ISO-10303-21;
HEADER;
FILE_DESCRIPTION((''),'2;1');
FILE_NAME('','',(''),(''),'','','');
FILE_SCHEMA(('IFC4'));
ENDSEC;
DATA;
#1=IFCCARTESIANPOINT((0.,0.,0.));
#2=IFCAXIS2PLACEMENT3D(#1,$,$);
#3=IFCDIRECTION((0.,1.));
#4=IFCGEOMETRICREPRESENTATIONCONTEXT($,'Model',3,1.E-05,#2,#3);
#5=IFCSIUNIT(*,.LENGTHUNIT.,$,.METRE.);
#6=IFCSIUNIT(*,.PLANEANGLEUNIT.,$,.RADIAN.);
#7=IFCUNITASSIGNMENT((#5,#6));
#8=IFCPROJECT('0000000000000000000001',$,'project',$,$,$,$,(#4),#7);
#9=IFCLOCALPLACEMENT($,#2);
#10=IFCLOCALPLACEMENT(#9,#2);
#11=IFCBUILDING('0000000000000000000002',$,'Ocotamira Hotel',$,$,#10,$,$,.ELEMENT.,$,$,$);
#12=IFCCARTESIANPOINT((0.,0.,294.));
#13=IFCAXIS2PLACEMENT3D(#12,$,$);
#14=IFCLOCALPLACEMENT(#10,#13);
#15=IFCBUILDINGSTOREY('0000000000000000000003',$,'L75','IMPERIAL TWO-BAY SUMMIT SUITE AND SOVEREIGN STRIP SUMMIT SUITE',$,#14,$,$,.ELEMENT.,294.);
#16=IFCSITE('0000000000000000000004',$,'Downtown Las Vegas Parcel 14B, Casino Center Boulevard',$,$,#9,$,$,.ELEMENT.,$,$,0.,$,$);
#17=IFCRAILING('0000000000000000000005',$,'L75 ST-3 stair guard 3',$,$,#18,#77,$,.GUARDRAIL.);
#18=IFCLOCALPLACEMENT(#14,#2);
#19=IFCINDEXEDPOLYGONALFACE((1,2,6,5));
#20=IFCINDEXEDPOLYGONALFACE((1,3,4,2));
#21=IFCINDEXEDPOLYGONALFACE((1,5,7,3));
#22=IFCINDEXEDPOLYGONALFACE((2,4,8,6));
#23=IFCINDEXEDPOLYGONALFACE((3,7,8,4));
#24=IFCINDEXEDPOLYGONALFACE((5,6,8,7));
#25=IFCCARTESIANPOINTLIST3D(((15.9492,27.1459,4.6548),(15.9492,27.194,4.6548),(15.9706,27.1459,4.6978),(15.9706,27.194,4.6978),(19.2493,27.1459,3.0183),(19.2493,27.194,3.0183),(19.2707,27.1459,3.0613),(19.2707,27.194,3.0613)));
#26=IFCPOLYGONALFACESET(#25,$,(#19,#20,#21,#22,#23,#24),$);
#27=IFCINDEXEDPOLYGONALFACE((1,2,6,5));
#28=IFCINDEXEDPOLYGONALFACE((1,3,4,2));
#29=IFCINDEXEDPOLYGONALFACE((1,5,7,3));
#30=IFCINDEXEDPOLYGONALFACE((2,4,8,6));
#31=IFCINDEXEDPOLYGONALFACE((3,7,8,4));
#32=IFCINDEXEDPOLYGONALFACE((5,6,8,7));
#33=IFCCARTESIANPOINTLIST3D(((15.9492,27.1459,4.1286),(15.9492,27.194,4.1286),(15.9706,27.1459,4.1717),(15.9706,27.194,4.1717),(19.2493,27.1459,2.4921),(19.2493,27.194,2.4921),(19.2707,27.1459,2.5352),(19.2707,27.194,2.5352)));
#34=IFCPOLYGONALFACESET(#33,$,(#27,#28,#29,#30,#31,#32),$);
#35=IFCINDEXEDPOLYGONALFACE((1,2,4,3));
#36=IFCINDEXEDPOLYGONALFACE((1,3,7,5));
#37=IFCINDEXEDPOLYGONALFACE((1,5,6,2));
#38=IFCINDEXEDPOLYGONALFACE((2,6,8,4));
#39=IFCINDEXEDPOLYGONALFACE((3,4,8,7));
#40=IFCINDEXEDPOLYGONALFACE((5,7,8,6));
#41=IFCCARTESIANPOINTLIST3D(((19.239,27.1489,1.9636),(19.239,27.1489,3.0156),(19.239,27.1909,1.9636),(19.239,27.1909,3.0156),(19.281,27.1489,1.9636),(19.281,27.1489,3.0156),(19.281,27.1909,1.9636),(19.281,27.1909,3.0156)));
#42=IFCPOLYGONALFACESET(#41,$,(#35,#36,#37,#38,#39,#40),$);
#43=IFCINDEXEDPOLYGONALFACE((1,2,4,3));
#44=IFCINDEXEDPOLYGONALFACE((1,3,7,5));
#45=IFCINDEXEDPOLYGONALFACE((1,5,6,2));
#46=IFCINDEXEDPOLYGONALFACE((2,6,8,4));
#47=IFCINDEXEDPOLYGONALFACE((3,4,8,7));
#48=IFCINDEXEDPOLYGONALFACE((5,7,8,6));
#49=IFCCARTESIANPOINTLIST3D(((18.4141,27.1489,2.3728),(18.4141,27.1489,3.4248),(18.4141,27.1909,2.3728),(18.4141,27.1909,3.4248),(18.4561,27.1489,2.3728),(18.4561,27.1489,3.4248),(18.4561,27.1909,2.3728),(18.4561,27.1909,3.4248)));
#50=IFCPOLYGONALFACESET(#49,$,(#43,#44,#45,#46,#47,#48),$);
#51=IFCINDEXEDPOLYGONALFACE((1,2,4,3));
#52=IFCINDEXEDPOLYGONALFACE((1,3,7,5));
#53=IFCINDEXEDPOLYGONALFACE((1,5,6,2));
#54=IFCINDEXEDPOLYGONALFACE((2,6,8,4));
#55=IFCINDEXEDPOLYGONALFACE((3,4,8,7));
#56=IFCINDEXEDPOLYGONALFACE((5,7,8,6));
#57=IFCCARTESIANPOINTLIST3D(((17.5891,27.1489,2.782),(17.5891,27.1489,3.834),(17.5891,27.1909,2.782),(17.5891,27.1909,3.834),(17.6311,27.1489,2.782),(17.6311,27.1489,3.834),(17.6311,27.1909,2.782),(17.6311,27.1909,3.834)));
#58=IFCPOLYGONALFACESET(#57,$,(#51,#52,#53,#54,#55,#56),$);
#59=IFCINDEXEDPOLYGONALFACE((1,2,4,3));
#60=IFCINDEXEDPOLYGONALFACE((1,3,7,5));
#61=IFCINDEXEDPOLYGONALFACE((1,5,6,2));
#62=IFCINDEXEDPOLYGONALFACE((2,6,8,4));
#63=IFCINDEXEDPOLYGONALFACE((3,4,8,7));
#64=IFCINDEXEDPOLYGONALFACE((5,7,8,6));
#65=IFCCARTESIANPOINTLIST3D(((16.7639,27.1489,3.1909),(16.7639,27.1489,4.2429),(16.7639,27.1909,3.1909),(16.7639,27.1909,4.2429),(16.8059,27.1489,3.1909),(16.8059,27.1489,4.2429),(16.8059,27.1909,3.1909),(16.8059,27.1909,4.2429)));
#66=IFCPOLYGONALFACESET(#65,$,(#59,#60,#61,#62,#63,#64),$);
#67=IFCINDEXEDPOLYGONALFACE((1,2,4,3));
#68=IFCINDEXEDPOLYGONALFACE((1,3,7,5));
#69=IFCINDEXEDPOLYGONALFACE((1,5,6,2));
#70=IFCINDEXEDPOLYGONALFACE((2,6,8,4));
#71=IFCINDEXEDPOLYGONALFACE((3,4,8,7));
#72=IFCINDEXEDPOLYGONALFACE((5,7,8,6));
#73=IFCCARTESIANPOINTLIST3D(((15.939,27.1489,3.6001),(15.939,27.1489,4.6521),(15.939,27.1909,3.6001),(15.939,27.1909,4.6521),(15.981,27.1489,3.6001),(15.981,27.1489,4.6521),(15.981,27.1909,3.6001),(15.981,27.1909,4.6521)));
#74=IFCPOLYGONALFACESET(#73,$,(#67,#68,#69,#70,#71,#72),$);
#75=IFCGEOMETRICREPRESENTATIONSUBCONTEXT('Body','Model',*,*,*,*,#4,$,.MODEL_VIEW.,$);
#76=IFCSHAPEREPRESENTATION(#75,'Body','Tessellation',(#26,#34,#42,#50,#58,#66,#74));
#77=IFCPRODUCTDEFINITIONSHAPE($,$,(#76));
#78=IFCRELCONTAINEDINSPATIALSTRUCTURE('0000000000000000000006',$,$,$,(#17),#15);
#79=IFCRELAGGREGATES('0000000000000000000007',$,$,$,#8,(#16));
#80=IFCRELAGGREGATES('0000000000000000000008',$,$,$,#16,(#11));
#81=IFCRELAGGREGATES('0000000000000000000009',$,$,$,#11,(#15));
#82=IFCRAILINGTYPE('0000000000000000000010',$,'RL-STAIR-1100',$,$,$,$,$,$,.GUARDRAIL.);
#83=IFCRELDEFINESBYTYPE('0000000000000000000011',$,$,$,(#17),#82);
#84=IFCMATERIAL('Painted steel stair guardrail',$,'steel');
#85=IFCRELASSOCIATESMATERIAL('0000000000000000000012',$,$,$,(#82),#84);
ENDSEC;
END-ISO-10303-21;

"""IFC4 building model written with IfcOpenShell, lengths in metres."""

from ifc_helpers import new_model, si_unit, direction, frame, origin, origin_2d, place, context, subcontext, project, spatial, rectangle, extrude, material, type_object, element, save


model = new_model("IFC4")

# Units and contexts
model_context = context("Model", 3, precision=1e-05, world=origin(), true_north=direction((0.0, 1.0)))
body_context = subcontext(model_context, "Body", "Model", "MODEL_VIEW")
ifc_project = project(units=[si_unit("LENGTHUNIT", "METRE"), si_unit("PLANEANGLEUNIT", "RADIAN")], contexts=[model_context])

# Site, building, storey
site_placement = place(None, origin())
site = spatial("IfcSite", under=ifc_project, at=site_placement, Name="Downtown Las Vegas Parcel 14B, Casino Center Boulevard", CompositionType="ELEMENT", RefElevation=0.0)
building_placement = place(site_placement, origin())
building = spatial("IfcBuilding", under=site, at=building_placement, Name="Ocotamira Hotel", CompositionType="ELEMENT")
storey_placement = place(building_placement, frame((0.0, 0.0, 294.0)))
storey = spatial("IfcBuildingStorey", under=building, at=storey_placement, Name="L75", Description="IMPERIAL TWO-BAY SUMMIT SUITE AND SOVEREIGN STRIP SUMMIT SUITE", CompositionType="ELEMENT", Elevation=294.0)

# Railing
ifc_material_1 = material(Name="Painted steel stair guardrail", Category="steel")
railing_type_1 = type_object("IfcRailingType", Name="RL-STAIR-1100", PredefinedType="GUARDRAIL", material=ifc_material_1)
railing_1_placement = place(storey_placement, frame((19.26, 27.1699, 1.9636)))
element("IfcRailing", 1, at=railing_1_placement, inside=storey, type_object=railing_type_1, Name="L75 ST-3 stair guard 3", PredefinedType="GUARDRAIL", context=body_context, shape_type="SweptSolid", body=[
    extrude(rectangle(XDim=0.0481, YDim=0.0481, at=origin_2d()), frame((0.0, 0.0, 1.0762), z_axis=(-0.895894, 0.0, 0.444268), x_axis=(0.0, -1.0, 0.0)), (0.0, 0.0, 1.0), 3.6836),
    extrude(rectangle(XDim=0.0481, YDim=0.0481, at=origin_2d()), frame((0.0, 0.0, 0.55), z_axis=(-0.895894, 0.0, 0.444268), x_axis=(0.0, -1.0, 0.0)), (0.0, 0.0, 1.0), 3.6836),
    extrude(rectangle(XDim=0.042, YDim=0.042, at=origin_2d()), origin(), (0.0, 0.0, 1.0), 1.052),
    extrude(rectangle(XDim=0.042, YDim=0.042, at=origin_2d()), frame((-0.825, 0.0, 0.4092)), (0.0, 0.0, 1.0), 1.052),
    extrude(rectangle(XDim=0.042, YDim=0.042, at=origin_2d()), frame((-1.6499, 0.0, 0.8184)), (0.0, 0.0, 1.0), 1.052),
    extrude(rectangle(XDim=0.042, YDim=0.042, at=origin_2d()), frame((-2.4751, 0.0, 1.2273)), (0.0, 0.0, 1.0), 1.052),
    extrude(rectangle(XDim=0.042, YDim=0.042, at=origin_2d()), frame((-3.3, 0.0, 1.6365)), (0.0, 0.0, 1.0), 1.052),
])

save(model, "model.ifc")
